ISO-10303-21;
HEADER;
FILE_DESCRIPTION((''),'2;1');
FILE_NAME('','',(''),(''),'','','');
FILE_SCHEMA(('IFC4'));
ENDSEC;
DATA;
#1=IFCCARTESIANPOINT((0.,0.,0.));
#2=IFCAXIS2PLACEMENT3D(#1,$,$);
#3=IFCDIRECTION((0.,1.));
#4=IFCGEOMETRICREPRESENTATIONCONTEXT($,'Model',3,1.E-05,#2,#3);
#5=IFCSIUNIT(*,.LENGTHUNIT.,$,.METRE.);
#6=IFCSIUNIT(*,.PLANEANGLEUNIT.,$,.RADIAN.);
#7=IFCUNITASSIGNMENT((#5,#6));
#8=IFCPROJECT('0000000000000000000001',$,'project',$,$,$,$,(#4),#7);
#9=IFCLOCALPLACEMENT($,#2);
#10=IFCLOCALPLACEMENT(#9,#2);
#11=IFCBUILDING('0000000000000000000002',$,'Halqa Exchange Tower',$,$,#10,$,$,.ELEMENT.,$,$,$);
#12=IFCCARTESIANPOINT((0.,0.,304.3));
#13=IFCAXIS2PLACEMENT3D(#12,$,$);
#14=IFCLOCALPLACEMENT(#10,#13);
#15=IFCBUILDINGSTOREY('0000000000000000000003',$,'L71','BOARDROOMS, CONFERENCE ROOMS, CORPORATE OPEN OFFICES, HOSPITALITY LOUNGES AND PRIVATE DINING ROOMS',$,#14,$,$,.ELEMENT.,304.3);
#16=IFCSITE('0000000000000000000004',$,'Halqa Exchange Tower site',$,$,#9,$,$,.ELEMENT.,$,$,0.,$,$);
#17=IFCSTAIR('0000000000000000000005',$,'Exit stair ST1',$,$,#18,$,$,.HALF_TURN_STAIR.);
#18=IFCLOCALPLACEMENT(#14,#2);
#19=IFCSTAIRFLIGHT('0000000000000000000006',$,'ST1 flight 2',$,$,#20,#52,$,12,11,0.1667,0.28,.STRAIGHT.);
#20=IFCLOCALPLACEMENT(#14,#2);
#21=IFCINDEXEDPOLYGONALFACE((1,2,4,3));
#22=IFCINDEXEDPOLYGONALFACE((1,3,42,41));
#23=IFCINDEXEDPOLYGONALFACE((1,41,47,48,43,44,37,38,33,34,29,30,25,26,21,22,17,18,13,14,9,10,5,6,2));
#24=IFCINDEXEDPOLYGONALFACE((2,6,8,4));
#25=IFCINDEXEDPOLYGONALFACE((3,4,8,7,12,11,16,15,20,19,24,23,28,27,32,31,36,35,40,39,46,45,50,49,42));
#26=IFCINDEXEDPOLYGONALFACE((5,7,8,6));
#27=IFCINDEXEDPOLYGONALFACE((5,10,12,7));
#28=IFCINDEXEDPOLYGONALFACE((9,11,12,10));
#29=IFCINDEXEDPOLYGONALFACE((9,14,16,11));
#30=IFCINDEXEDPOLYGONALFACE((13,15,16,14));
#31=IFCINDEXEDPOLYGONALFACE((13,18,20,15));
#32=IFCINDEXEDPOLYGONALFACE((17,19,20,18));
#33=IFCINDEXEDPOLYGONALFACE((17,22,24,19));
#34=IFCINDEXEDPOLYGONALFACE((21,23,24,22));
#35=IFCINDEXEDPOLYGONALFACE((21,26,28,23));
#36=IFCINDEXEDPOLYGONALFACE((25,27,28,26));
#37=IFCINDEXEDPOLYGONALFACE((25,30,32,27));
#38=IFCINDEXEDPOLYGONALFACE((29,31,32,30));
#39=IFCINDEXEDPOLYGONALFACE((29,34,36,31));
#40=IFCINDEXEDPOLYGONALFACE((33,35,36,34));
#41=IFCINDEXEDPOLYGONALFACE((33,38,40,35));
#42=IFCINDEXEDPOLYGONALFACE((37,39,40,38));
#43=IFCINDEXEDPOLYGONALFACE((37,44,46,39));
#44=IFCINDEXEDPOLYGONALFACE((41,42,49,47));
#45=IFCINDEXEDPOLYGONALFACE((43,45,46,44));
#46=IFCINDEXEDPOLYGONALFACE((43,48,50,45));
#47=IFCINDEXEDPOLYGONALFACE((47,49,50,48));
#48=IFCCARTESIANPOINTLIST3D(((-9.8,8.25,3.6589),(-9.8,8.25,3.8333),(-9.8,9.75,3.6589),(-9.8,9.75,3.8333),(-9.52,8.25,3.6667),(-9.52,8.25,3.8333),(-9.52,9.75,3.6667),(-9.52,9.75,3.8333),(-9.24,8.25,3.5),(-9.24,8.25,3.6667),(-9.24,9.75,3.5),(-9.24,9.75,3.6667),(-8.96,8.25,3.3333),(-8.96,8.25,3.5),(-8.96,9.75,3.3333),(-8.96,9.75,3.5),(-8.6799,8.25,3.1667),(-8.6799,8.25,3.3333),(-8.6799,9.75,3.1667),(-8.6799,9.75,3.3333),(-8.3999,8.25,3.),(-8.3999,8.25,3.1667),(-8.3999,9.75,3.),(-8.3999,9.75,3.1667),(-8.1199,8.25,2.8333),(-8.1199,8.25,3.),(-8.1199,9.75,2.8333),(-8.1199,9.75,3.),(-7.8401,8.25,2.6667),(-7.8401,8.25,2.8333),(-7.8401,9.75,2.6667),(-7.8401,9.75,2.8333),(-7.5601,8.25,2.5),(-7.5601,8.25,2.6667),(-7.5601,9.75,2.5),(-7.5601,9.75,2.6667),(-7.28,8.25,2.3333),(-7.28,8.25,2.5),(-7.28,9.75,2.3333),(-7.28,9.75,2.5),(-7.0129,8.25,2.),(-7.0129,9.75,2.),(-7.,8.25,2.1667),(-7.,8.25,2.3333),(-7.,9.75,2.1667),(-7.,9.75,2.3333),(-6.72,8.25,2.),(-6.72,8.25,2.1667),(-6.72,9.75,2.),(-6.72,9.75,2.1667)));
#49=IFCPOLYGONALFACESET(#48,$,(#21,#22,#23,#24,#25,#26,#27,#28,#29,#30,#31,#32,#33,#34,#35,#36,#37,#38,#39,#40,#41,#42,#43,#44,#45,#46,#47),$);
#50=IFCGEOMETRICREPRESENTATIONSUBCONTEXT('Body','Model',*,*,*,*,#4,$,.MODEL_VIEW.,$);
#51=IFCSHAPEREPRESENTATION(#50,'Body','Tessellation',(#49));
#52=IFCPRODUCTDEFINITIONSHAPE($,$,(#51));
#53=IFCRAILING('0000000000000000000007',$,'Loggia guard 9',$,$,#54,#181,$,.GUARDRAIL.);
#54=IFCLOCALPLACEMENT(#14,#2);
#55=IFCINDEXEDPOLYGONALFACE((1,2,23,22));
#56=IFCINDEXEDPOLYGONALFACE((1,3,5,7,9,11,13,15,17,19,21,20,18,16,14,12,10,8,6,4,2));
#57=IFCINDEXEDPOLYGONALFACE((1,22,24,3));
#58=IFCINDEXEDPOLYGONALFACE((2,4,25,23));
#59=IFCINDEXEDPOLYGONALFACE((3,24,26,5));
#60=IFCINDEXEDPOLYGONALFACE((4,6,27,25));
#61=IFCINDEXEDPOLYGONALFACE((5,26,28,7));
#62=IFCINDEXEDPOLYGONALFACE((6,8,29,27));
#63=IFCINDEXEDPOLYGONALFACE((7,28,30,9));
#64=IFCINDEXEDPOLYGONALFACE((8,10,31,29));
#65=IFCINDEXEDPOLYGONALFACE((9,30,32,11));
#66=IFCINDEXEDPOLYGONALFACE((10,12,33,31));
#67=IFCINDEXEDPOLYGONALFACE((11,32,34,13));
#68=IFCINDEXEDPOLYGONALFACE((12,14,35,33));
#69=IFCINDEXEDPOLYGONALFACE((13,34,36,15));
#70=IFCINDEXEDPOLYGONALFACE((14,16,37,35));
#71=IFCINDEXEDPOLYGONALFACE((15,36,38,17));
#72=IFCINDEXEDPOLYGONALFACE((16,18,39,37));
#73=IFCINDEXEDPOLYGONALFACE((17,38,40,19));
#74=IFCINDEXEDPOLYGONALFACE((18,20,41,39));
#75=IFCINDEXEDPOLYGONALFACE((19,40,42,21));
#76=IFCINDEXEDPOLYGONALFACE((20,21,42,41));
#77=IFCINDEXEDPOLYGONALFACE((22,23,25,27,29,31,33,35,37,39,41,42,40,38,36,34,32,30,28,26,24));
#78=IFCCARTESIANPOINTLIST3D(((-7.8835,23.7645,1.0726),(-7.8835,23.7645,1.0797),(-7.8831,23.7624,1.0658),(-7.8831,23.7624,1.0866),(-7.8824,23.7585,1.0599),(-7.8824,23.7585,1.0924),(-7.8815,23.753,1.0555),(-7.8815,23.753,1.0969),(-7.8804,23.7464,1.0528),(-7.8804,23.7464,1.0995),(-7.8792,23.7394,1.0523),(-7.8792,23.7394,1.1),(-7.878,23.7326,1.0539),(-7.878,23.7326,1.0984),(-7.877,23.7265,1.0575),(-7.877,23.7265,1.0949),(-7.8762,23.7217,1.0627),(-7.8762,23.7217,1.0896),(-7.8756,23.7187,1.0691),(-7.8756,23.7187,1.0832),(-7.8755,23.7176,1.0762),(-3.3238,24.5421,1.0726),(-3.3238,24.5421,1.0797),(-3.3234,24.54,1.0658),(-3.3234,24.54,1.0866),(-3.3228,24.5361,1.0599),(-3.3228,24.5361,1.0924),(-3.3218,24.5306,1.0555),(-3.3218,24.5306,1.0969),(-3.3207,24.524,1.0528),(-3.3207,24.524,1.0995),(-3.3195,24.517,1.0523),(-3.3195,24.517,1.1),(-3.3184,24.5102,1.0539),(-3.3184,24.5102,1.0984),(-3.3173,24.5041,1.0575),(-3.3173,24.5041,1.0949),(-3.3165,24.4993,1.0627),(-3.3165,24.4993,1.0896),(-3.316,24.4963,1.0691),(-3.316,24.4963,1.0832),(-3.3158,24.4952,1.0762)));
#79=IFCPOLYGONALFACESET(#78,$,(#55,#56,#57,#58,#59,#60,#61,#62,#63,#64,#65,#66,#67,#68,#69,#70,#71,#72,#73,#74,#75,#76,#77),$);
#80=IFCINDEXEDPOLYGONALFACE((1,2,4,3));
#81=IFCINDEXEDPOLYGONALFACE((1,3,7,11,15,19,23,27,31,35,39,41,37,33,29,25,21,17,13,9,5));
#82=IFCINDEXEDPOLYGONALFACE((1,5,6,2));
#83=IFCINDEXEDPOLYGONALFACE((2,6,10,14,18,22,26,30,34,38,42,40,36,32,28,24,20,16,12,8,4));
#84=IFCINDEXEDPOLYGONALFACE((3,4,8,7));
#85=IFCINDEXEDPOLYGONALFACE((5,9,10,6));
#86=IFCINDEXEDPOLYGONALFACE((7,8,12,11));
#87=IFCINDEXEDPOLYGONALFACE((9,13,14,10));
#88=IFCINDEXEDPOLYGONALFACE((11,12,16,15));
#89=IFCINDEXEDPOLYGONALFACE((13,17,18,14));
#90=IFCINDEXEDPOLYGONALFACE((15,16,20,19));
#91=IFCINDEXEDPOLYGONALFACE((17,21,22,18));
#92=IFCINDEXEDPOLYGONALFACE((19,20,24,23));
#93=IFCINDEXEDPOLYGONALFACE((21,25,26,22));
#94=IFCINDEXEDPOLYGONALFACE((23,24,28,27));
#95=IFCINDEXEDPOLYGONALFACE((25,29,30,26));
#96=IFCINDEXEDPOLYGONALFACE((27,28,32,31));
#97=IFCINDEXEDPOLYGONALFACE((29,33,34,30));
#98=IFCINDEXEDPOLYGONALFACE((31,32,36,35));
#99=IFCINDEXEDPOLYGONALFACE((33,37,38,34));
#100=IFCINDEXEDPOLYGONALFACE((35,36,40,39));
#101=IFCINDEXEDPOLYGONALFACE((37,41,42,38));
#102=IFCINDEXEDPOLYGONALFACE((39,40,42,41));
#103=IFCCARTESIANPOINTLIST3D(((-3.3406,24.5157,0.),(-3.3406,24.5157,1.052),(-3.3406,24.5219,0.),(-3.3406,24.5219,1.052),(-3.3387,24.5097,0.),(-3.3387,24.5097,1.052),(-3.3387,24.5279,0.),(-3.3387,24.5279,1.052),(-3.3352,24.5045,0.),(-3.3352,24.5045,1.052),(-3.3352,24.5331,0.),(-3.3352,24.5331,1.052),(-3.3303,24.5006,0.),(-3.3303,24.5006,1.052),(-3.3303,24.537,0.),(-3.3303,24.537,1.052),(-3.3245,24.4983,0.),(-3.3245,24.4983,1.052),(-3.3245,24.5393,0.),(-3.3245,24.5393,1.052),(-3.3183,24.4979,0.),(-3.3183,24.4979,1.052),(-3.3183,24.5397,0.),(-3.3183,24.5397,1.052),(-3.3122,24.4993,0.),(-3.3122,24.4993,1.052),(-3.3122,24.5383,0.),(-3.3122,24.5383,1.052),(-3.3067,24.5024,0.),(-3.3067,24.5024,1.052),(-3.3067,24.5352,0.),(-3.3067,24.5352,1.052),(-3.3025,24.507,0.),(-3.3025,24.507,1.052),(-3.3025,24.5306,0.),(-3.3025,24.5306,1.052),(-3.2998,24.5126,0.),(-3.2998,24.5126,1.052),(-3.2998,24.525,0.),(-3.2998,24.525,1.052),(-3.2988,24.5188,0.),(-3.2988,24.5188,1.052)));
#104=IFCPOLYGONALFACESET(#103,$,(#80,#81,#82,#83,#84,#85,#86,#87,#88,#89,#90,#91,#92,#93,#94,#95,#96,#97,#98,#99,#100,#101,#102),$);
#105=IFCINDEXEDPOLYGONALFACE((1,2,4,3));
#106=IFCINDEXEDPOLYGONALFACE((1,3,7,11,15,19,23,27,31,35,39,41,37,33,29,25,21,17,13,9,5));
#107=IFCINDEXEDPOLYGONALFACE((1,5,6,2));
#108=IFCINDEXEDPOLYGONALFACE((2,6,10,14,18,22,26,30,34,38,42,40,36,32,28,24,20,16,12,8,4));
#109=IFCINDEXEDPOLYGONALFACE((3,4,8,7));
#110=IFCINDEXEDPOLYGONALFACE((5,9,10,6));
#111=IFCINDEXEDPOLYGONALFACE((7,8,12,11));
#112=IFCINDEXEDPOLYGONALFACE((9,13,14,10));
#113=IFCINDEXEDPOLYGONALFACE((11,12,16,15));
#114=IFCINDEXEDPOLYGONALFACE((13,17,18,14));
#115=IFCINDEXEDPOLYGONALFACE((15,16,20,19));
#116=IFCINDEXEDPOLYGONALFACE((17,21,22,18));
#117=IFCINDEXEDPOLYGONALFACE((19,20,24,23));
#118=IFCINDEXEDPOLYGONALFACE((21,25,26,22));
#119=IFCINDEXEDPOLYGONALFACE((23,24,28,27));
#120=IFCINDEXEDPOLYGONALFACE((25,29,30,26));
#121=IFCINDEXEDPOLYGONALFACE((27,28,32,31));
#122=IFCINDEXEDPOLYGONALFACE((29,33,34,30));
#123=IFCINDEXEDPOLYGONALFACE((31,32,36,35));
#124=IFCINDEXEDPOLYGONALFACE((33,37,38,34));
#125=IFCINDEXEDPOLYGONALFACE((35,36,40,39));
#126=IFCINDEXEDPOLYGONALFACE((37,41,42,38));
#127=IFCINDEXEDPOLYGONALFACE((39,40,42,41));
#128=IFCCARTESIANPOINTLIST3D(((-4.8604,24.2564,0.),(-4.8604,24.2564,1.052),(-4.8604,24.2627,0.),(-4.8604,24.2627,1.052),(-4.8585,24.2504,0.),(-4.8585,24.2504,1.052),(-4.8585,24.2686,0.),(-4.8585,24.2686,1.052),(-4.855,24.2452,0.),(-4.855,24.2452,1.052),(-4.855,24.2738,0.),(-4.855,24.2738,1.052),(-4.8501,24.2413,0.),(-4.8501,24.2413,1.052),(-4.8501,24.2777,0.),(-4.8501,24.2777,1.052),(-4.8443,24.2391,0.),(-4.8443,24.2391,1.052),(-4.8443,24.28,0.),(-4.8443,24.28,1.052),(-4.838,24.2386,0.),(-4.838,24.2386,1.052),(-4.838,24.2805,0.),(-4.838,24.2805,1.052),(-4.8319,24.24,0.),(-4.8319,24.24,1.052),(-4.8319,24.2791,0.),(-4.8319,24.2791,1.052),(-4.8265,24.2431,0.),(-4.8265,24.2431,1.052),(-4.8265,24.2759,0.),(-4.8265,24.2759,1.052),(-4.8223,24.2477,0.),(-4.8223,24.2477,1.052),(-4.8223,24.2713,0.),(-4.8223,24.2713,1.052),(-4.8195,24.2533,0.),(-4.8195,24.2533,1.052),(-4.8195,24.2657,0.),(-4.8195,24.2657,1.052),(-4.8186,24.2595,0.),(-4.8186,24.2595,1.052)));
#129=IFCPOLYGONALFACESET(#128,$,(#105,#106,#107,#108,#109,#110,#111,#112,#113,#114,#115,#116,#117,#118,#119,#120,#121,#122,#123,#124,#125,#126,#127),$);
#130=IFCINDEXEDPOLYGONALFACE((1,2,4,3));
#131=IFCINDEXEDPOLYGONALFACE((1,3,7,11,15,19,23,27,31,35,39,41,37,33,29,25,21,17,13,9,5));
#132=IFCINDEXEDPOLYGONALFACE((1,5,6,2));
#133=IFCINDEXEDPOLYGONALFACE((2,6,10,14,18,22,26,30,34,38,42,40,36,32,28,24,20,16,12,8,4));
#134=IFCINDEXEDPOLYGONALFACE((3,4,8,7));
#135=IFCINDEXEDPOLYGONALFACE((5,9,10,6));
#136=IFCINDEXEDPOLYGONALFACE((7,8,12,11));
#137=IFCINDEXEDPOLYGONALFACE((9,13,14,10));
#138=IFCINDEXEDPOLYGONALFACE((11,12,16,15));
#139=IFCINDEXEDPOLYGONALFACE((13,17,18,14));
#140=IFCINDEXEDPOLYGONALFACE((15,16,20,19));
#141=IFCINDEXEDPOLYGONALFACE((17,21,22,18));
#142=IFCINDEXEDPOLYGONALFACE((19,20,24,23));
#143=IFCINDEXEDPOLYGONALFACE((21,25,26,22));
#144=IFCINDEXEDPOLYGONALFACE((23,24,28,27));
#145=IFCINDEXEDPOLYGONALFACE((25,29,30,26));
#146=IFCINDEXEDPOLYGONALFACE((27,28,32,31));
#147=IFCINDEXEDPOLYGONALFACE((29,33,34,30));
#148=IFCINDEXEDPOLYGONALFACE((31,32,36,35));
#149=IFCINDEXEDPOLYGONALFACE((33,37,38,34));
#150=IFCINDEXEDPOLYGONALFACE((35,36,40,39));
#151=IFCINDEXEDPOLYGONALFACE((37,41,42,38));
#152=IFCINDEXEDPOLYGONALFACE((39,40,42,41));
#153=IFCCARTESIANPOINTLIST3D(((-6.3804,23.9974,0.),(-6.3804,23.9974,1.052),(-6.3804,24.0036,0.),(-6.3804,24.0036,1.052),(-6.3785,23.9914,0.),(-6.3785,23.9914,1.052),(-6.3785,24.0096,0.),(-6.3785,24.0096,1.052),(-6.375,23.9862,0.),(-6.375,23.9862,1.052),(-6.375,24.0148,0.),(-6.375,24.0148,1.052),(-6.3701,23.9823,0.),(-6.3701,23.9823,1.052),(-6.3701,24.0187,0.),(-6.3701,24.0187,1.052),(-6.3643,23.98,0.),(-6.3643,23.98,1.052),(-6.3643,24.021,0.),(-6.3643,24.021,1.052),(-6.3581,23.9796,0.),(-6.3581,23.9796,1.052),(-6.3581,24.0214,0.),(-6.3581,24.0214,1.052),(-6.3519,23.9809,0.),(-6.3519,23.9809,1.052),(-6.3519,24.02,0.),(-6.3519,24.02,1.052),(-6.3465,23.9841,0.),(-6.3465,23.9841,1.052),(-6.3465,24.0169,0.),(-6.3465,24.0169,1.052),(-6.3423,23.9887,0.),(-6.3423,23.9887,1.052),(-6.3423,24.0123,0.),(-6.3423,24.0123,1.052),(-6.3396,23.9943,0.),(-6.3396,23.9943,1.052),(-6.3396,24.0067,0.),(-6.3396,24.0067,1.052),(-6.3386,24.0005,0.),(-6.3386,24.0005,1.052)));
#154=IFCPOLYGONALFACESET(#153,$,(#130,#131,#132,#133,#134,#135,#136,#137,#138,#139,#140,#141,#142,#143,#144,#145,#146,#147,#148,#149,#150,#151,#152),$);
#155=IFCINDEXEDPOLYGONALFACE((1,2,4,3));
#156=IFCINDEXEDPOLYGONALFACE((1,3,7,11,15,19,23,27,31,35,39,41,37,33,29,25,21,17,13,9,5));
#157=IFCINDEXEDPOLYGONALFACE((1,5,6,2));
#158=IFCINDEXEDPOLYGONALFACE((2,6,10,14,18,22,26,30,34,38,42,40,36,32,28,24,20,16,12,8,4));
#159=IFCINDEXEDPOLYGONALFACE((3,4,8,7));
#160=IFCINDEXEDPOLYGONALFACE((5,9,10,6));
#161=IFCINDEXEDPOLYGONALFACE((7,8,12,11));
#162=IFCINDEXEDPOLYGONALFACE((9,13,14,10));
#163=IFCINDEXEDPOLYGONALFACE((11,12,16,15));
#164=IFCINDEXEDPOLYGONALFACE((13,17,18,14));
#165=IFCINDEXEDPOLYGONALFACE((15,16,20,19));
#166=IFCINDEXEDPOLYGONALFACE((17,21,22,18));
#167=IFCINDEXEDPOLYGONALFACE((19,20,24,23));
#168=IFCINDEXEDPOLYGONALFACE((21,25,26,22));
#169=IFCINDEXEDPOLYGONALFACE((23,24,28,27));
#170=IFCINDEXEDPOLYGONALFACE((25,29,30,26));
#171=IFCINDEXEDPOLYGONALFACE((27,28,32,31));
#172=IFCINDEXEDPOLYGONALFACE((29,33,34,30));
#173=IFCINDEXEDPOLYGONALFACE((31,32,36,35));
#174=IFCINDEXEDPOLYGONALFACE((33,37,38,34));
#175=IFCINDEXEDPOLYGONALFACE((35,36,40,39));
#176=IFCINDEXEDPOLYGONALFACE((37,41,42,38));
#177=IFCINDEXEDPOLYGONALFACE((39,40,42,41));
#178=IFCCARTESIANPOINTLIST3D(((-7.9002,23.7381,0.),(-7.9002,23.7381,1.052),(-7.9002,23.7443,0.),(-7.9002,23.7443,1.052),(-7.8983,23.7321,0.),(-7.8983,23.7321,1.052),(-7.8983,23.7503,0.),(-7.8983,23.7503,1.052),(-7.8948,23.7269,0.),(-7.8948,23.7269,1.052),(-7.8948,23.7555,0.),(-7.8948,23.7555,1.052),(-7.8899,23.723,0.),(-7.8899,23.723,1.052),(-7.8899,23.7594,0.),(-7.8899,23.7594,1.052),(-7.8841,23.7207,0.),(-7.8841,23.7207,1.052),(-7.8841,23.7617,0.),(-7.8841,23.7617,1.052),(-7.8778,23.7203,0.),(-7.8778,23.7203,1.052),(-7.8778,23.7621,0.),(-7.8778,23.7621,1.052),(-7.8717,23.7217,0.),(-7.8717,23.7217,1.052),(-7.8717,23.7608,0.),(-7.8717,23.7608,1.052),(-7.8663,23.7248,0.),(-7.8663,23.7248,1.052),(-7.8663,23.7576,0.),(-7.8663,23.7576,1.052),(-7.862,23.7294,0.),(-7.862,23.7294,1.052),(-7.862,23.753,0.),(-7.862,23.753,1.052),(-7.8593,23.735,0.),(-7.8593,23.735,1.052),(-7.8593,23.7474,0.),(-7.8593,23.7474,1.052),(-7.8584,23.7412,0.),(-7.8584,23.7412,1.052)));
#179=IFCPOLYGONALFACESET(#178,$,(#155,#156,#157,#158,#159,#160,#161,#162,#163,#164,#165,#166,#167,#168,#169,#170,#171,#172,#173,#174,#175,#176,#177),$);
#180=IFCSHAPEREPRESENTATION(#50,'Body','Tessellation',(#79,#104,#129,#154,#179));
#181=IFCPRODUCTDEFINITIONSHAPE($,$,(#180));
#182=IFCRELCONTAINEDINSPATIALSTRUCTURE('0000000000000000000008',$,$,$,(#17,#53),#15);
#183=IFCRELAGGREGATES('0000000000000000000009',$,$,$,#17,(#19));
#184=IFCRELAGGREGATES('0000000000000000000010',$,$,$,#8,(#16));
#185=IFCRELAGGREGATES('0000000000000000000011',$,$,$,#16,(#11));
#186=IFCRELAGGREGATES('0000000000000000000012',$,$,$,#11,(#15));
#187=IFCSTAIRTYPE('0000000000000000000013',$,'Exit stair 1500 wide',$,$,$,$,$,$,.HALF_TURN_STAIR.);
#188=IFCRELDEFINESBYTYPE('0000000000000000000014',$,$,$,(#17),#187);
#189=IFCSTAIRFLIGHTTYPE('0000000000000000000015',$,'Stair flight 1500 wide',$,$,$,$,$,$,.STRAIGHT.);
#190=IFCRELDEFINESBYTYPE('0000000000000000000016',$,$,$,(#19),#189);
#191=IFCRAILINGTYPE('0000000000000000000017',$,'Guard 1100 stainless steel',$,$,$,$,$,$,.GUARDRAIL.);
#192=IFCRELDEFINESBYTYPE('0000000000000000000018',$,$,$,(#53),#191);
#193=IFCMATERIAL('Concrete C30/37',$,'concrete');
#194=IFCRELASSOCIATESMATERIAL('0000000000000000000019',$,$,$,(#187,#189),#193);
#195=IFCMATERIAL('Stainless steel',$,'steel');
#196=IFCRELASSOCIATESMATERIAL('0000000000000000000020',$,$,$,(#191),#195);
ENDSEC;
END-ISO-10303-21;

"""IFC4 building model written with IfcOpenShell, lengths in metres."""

from ifc_helpers import new_model, si_unit, direction, frame, origin, origin_2d, place, context, subcontext, project, spatial, polyline, circle, outline, extrude, material, type_object, element, aggregate, save


model = new_model("IFC4")

# Units and contexts
model_context = context("Model", 3, precision=1e-05, world=origin(), true_north=direction((0.0, 1.0)))
body_context = subcontext(model_context, "Body", "Model", "MODEL_VIEW")
ifc_project = project(units=[si_unit("LENGTHUNIT", "METRE"), si_unit("PLANEANGLEUNIT", "RADIAN")], contexts=[model_context])

# Site, building, storey
site_placement = place(None, origin())
site = spatial("IfcSite", under=ifc_project, at=site_placement, Name="Halqa Exchange Tower site", CompositionType="ELEMENT", RefElevation=0.0)
building_placement = place(site_placement, origin())
building = spatial("IfcBuilding", under=site, at=building_placement, Name="Halqa Exchange Tower", CompositionType="ELEMENT")
storey_placement = place(building_placement, frame((0.0, 0.0, 304.3)))
storey = spatial("IfcBuildingStorey", under=building, at=storey_placement, Name="L71", Description="BOARDROOMS, CONFERENCE ROOMS, CORPORATE OPEN OFFICES, HOSPITALITY LOUNGES AND PRIVATE DINING ROOMS", CompositionType="ELEMENT", Elevation=304.3)

# Shared definitions
ifc_material_1 = material(Name="Concrete C30/37", Category="concrete")

# Stair, stair flight
stair_type = type_object("IfcStairType", Name="Exit stair 1500 wide", PredefinedType="HALF_TURN_STAIR", material=ifc_material_1)
stair_placement = place(storey_placement, origin())
stair = element("IfcStair", 1, at=stair_placement, inside=storey, type_object=stair_type, Name="Exit stair ST1", PredefinedType="HALF_TURN_STAIR")
stair_flight_type = type_object("IfcStairFlightType", Name="Stair flight 1500 wide", PredefinedType="STRAIGHT", material=ifc_material_1)
stair_flight_placement = place(storey_placement, frame((-6.72, 9.0, 2.0), z_axis=(0.0, 0.0, 1.0), x_axis=(-1.0, 0.0, 0.0)))
stair_flight = element("IfcStairFlight", 2, at=stair_flight_placement, type_object=stair_flight_type, Name="ST1 flight 2", NumberOfRisers=12, NumberOfTreads=11, PredefinedType="STRAIGHT", RiserHeight=0.1667, TreadLength=0.28, context=body_context, shape_type="SweptSolid", body=[
    extrude(outline(polyline([(0.0, 0.0), (0.0, 0.1667), (0.28, 0.1667), (0.28, 0.3333), (0.5601, 0.3333), (0.5601, 0.5), (0.8401, 0.5), (0.8401, 0.6667), (1.1201, 0.6667), (1.1201, 0.8333), (1.3999, 0.8333), (1.3999, 1.0), (1.6799, 1.0), (1.6799, 1.1667), (1.96, 1.1667), (1.96, 1.3333), (2.24, 1.3333), (2.24, 1.5), (2.52, 1.5), (2.52, 1.6667), (2.8, 1.6667), (2.8, 1.8333), (3.0801, 1.8333), (3.0801, 2.0), (3.0801, 1.6589), (0.293, 0.0), (0.0, 0.0)])), frame((0.0, 0.75, 0.0), z_axis=(0.0, -1.0, 0.0), x_axis=(1.0, 0.0, 0.0)), (0.0, 0.0, 1.0), 1.5),
])
aggregate(stair, [stair_flight])

# Railing
ifc_material_2 = material(Name="Stainless steel", Category="steel")
railing_type_1 = type_object("IfcRailingType", Name="Guard 1100 stainless steel", PredefinedType="GUARDRAIL", material=ifc_material_2)
railing_1_placement = place(storey_placement, frame((-3.3198, 24.5188, 0.0)))
element("IfcRailing", 3, at=railing_1_placement, inside=storey, type_object=railing_type_1, Name="Loggia guard 9", PredefinedType="GUARDRAIL", context=body_context, shape_type="SweptSolid", body=[
    extrude(circle(Radius=0.0239, at=origin_2d()), frame((0.0, 0.0, 1.0762), z_axis=(-0.985768, -0.168113, 0.0), x_axis=(0.168113, -0.985768, 0.0)), (0.0, 0.0, 1.0), 4.6255),
    extrude(circle(Radius=0.021, at=origin_2d()), origin(), (0.0, 0.0, 1.0), 1.052),
    extrude(circle(Radius=0.021, at=origin_2d()), frame((-1.5198, -0.2593, 0.0)), (0.0, 0.0, 1.0), 1.052),
    extrude(circle(Radius=0.021, at=origin_2d()), frame((-3.0398, -0.5183, 0.0)), (0.0, 0.0, 1.0), 1.052),
    extrude(circle(Radius=0.021, at=origin_2d()), frame((-4.5596, -0.7776, 0.0)), (0.0, 0.0, 1.0), 1.052),
])

save(model, "model.ifc")
